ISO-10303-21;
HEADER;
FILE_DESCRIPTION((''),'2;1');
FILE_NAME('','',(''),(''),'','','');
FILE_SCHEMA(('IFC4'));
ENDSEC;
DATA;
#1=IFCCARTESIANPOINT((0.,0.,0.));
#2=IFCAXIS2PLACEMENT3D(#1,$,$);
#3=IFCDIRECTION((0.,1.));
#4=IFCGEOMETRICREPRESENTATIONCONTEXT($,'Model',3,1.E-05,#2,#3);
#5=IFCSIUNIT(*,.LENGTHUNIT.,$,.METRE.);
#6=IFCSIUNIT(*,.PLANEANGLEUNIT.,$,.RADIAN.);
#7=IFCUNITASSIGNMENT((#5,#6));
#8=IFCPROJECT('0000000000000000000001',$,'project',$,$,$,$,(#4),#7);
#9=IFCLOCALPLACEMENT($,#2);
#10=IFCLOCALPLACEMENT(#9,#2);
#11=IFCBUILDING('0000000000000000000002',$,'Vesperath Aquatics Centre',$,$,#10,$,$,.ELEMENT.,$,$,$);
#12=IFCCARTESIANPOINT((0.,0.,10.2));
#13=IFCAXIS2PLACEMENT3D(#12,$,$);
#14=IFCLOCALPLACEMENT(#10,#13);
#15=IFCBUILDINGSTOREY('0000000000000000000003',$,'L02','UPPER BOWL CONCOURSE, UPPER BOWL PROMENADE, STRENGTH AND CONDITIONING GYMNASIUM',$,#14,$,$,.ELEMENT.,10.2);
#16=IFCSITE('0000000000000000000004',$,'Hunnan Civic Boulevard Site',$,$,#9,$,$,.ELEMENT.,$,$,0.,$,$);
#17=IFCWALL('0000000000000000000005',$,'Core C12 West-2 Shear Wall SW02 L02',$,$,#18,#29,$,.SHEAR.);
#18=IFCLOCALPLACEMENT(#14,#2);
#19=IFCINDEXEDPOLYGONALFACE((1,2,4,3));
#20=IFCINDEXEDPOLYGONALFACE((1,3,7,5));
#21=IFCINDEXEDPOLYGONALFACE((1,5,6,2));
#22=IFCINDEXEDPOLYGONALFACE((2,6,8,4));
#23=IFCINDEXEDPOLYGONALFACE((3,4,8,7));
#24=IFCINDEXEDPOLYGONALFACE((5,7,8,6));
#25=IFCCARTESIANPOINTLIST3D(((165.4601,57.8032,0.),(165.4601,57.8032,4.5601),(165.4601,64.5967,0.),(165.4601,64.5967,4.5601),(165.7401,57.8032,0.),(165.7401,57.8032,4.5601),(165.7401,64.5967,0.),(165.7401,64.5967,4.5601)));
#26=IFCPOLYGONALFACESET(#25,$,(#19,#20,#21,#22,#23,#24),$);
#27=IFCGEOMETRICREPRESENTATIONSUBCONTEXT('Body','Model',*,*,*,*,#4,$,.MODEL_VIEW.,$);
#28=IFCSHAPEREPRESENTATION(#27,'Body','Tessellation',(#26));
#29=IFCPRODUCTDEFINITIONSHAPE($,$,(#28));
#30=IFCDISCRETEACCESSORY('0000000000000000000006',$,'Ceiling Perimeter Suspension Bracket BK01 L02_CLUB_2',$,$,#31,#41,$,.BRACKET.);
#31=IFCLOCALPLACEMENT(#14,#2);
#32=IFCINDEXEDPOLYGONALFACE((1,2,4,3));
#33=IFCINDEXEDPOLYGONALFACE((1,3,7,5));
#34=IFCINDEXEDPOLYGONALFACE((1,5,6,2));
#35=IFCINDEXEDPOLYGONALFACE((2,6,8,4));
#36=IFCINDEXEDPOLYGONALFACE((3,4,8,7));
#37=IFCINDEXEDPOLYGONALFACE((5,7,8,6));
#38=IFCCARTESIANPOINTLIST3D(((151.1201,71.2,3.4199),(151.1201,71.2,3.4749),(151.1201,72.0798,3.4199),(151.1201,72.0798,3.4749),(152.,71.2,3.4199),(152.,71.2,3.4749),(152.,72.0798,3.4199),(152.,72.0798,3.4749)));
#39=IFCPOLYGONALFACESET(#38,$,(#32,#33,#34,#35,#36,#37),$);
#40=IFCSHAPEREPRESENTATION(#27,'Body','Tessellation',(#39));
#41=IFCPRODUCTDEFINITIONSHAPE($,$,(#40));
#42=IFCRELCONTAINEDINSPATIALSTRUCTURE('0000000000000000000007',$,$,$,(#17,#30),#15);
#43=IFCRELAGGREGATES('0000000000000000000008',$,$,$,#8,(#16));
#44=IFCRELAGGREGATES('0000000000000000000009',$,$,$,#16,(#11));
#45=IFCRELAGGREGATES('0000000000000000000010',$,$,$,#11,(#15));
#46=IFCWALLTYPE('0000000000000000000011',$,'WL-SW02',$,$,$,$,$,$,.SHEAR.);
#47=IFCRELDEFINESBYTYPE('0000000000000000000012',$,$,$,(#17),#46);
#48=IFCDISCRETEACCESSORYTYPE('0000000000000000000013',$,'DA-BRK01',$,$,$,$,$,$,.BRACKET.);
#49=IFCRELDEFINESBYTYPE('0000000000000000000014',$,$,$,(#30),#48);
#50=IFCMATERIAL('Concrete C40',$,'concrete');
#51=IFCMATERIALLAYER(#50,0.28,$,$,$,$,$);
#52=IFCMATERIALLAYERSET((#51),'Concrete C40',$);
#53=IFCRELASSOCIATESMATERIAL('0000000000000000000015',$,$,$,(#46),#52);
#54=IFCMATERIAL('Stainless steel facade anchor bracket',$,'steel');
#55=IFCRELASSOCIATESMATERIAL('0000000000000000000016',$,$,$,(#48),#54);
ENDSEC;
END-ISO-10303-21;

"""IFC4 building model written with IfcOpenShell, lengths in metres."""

from ifc_helpers import new_model, si_unit, direction, frame, frame_2d, origin, origin_2d, place, context, subcontext, project, spatial, rectangle, extrude, material, layer, layer_set, type_object, element, save


model = new_model("IFC4")

# Units and contexts
model_context = context("Model", 3, precision=1e-05, world=origin(), true_north=direction((0.0, 1.0)))
body_context = subcontext(model_context, "Body", "Model", "MODEL_VIEW")
ifc_project = project(units=[si_unit("LENGTHUNIT", "METRE"), si_unit("PLANEANGLEUNIT", "RADIAN")], contexts=[model_context])

# Site, building, storey
site_placement = place(None, origin())
site = spatial("IfcSite", under=ifc_project, at=site_placement, Name="Hunnan Civic Boulevard Site", CompositionType="ELEMENT", RefElevation=0.0)
building_placement = place(site_placement, origin())
building = spatial("IfcBuilding", under=site, at=building_placement, Name="Vesperath Aquatics Centre", CompositionType="ELEMENT")
storey_placement = place(building_placement, frame((0.0, 0.0, 10.2)))
storey = spatial("IfcBuildingStorey", under=building, at=storey_placement, Name="L02", Description="UPPER BOWL CONCOURSE, UPPER BOWL PROMENADE, STRENGTH AND CONDITIONING GYMNASIUM", CompositionType="ELEMENT", Elevation=10.2)

# Wall
ifc_material_1 = material(Name="Concrete C40", Category="concrete")
ifc_layer_1 = layer(ifc_material_1, 0.28)
ifc_layer_set_1 = layer_set([ifc_layer_1], Name="Concrete C40")
wall_type_1 = type_object("IfcWallType", Name="WL-SW02", PredefinedType="SHEAR", material=ifc_layer_set_1)
wall_1_placement = place(storey_placement, frame((165.6001, 57.8032, 0.0), z_axis=(0.0, 0.0, 1.0), x_axis=(0.0, 1.0, 0.0)))
element("IfcWall", 1, at=wall_1_placement, inside=storey, type_object=wall_type_1, Name="Core C12 West-2 Shear Wall SW02 L02", PredefinedType="SHEAR", context=body_context, shape_type="SweptSolid", body=[
    extrude(rectangle(XDim=6.7935, YDim=0.28, at=frame_2d((3.3967, 0.0))), origin(), (0.0, 0.0, 1.0), 4.5601),
])

# Discrete accessory
ifc_material_2 = material(Name="Stainless steel facade anchor bracket", Category="steel")
discrete_accessory_type = type_object("IfcDiscreteAccessoryType", Name="DA-BRK01", PredefinedType="BRACKET", material=ifc_material_2)
discrete_accessory_placement = place(storey_placement, frame((151.5601, 71.6399, 3.4199), z_axis=(0.0, 0.0, 1.0), x_axis=(1.0, 0.0, 0.0)))
element("IfcDiscreteAccessory", 2, at=discrete_accessory_placement, inside=storey, type_object=discrete_accessory_type, Name="Ceiling Perimeter Suspension Bracket BK01 L02_CLUB_2", PredefinedType="BRACKET", context=body_context, shape_type="SweptSolid", body=[
    extrude(rectangle(XDim=0.8799, YDim=0.8799, at=origin_2d()), origin(), (0.0, 0.0, 1.0), 0.0549),
])

save(model, "model.ifc")
